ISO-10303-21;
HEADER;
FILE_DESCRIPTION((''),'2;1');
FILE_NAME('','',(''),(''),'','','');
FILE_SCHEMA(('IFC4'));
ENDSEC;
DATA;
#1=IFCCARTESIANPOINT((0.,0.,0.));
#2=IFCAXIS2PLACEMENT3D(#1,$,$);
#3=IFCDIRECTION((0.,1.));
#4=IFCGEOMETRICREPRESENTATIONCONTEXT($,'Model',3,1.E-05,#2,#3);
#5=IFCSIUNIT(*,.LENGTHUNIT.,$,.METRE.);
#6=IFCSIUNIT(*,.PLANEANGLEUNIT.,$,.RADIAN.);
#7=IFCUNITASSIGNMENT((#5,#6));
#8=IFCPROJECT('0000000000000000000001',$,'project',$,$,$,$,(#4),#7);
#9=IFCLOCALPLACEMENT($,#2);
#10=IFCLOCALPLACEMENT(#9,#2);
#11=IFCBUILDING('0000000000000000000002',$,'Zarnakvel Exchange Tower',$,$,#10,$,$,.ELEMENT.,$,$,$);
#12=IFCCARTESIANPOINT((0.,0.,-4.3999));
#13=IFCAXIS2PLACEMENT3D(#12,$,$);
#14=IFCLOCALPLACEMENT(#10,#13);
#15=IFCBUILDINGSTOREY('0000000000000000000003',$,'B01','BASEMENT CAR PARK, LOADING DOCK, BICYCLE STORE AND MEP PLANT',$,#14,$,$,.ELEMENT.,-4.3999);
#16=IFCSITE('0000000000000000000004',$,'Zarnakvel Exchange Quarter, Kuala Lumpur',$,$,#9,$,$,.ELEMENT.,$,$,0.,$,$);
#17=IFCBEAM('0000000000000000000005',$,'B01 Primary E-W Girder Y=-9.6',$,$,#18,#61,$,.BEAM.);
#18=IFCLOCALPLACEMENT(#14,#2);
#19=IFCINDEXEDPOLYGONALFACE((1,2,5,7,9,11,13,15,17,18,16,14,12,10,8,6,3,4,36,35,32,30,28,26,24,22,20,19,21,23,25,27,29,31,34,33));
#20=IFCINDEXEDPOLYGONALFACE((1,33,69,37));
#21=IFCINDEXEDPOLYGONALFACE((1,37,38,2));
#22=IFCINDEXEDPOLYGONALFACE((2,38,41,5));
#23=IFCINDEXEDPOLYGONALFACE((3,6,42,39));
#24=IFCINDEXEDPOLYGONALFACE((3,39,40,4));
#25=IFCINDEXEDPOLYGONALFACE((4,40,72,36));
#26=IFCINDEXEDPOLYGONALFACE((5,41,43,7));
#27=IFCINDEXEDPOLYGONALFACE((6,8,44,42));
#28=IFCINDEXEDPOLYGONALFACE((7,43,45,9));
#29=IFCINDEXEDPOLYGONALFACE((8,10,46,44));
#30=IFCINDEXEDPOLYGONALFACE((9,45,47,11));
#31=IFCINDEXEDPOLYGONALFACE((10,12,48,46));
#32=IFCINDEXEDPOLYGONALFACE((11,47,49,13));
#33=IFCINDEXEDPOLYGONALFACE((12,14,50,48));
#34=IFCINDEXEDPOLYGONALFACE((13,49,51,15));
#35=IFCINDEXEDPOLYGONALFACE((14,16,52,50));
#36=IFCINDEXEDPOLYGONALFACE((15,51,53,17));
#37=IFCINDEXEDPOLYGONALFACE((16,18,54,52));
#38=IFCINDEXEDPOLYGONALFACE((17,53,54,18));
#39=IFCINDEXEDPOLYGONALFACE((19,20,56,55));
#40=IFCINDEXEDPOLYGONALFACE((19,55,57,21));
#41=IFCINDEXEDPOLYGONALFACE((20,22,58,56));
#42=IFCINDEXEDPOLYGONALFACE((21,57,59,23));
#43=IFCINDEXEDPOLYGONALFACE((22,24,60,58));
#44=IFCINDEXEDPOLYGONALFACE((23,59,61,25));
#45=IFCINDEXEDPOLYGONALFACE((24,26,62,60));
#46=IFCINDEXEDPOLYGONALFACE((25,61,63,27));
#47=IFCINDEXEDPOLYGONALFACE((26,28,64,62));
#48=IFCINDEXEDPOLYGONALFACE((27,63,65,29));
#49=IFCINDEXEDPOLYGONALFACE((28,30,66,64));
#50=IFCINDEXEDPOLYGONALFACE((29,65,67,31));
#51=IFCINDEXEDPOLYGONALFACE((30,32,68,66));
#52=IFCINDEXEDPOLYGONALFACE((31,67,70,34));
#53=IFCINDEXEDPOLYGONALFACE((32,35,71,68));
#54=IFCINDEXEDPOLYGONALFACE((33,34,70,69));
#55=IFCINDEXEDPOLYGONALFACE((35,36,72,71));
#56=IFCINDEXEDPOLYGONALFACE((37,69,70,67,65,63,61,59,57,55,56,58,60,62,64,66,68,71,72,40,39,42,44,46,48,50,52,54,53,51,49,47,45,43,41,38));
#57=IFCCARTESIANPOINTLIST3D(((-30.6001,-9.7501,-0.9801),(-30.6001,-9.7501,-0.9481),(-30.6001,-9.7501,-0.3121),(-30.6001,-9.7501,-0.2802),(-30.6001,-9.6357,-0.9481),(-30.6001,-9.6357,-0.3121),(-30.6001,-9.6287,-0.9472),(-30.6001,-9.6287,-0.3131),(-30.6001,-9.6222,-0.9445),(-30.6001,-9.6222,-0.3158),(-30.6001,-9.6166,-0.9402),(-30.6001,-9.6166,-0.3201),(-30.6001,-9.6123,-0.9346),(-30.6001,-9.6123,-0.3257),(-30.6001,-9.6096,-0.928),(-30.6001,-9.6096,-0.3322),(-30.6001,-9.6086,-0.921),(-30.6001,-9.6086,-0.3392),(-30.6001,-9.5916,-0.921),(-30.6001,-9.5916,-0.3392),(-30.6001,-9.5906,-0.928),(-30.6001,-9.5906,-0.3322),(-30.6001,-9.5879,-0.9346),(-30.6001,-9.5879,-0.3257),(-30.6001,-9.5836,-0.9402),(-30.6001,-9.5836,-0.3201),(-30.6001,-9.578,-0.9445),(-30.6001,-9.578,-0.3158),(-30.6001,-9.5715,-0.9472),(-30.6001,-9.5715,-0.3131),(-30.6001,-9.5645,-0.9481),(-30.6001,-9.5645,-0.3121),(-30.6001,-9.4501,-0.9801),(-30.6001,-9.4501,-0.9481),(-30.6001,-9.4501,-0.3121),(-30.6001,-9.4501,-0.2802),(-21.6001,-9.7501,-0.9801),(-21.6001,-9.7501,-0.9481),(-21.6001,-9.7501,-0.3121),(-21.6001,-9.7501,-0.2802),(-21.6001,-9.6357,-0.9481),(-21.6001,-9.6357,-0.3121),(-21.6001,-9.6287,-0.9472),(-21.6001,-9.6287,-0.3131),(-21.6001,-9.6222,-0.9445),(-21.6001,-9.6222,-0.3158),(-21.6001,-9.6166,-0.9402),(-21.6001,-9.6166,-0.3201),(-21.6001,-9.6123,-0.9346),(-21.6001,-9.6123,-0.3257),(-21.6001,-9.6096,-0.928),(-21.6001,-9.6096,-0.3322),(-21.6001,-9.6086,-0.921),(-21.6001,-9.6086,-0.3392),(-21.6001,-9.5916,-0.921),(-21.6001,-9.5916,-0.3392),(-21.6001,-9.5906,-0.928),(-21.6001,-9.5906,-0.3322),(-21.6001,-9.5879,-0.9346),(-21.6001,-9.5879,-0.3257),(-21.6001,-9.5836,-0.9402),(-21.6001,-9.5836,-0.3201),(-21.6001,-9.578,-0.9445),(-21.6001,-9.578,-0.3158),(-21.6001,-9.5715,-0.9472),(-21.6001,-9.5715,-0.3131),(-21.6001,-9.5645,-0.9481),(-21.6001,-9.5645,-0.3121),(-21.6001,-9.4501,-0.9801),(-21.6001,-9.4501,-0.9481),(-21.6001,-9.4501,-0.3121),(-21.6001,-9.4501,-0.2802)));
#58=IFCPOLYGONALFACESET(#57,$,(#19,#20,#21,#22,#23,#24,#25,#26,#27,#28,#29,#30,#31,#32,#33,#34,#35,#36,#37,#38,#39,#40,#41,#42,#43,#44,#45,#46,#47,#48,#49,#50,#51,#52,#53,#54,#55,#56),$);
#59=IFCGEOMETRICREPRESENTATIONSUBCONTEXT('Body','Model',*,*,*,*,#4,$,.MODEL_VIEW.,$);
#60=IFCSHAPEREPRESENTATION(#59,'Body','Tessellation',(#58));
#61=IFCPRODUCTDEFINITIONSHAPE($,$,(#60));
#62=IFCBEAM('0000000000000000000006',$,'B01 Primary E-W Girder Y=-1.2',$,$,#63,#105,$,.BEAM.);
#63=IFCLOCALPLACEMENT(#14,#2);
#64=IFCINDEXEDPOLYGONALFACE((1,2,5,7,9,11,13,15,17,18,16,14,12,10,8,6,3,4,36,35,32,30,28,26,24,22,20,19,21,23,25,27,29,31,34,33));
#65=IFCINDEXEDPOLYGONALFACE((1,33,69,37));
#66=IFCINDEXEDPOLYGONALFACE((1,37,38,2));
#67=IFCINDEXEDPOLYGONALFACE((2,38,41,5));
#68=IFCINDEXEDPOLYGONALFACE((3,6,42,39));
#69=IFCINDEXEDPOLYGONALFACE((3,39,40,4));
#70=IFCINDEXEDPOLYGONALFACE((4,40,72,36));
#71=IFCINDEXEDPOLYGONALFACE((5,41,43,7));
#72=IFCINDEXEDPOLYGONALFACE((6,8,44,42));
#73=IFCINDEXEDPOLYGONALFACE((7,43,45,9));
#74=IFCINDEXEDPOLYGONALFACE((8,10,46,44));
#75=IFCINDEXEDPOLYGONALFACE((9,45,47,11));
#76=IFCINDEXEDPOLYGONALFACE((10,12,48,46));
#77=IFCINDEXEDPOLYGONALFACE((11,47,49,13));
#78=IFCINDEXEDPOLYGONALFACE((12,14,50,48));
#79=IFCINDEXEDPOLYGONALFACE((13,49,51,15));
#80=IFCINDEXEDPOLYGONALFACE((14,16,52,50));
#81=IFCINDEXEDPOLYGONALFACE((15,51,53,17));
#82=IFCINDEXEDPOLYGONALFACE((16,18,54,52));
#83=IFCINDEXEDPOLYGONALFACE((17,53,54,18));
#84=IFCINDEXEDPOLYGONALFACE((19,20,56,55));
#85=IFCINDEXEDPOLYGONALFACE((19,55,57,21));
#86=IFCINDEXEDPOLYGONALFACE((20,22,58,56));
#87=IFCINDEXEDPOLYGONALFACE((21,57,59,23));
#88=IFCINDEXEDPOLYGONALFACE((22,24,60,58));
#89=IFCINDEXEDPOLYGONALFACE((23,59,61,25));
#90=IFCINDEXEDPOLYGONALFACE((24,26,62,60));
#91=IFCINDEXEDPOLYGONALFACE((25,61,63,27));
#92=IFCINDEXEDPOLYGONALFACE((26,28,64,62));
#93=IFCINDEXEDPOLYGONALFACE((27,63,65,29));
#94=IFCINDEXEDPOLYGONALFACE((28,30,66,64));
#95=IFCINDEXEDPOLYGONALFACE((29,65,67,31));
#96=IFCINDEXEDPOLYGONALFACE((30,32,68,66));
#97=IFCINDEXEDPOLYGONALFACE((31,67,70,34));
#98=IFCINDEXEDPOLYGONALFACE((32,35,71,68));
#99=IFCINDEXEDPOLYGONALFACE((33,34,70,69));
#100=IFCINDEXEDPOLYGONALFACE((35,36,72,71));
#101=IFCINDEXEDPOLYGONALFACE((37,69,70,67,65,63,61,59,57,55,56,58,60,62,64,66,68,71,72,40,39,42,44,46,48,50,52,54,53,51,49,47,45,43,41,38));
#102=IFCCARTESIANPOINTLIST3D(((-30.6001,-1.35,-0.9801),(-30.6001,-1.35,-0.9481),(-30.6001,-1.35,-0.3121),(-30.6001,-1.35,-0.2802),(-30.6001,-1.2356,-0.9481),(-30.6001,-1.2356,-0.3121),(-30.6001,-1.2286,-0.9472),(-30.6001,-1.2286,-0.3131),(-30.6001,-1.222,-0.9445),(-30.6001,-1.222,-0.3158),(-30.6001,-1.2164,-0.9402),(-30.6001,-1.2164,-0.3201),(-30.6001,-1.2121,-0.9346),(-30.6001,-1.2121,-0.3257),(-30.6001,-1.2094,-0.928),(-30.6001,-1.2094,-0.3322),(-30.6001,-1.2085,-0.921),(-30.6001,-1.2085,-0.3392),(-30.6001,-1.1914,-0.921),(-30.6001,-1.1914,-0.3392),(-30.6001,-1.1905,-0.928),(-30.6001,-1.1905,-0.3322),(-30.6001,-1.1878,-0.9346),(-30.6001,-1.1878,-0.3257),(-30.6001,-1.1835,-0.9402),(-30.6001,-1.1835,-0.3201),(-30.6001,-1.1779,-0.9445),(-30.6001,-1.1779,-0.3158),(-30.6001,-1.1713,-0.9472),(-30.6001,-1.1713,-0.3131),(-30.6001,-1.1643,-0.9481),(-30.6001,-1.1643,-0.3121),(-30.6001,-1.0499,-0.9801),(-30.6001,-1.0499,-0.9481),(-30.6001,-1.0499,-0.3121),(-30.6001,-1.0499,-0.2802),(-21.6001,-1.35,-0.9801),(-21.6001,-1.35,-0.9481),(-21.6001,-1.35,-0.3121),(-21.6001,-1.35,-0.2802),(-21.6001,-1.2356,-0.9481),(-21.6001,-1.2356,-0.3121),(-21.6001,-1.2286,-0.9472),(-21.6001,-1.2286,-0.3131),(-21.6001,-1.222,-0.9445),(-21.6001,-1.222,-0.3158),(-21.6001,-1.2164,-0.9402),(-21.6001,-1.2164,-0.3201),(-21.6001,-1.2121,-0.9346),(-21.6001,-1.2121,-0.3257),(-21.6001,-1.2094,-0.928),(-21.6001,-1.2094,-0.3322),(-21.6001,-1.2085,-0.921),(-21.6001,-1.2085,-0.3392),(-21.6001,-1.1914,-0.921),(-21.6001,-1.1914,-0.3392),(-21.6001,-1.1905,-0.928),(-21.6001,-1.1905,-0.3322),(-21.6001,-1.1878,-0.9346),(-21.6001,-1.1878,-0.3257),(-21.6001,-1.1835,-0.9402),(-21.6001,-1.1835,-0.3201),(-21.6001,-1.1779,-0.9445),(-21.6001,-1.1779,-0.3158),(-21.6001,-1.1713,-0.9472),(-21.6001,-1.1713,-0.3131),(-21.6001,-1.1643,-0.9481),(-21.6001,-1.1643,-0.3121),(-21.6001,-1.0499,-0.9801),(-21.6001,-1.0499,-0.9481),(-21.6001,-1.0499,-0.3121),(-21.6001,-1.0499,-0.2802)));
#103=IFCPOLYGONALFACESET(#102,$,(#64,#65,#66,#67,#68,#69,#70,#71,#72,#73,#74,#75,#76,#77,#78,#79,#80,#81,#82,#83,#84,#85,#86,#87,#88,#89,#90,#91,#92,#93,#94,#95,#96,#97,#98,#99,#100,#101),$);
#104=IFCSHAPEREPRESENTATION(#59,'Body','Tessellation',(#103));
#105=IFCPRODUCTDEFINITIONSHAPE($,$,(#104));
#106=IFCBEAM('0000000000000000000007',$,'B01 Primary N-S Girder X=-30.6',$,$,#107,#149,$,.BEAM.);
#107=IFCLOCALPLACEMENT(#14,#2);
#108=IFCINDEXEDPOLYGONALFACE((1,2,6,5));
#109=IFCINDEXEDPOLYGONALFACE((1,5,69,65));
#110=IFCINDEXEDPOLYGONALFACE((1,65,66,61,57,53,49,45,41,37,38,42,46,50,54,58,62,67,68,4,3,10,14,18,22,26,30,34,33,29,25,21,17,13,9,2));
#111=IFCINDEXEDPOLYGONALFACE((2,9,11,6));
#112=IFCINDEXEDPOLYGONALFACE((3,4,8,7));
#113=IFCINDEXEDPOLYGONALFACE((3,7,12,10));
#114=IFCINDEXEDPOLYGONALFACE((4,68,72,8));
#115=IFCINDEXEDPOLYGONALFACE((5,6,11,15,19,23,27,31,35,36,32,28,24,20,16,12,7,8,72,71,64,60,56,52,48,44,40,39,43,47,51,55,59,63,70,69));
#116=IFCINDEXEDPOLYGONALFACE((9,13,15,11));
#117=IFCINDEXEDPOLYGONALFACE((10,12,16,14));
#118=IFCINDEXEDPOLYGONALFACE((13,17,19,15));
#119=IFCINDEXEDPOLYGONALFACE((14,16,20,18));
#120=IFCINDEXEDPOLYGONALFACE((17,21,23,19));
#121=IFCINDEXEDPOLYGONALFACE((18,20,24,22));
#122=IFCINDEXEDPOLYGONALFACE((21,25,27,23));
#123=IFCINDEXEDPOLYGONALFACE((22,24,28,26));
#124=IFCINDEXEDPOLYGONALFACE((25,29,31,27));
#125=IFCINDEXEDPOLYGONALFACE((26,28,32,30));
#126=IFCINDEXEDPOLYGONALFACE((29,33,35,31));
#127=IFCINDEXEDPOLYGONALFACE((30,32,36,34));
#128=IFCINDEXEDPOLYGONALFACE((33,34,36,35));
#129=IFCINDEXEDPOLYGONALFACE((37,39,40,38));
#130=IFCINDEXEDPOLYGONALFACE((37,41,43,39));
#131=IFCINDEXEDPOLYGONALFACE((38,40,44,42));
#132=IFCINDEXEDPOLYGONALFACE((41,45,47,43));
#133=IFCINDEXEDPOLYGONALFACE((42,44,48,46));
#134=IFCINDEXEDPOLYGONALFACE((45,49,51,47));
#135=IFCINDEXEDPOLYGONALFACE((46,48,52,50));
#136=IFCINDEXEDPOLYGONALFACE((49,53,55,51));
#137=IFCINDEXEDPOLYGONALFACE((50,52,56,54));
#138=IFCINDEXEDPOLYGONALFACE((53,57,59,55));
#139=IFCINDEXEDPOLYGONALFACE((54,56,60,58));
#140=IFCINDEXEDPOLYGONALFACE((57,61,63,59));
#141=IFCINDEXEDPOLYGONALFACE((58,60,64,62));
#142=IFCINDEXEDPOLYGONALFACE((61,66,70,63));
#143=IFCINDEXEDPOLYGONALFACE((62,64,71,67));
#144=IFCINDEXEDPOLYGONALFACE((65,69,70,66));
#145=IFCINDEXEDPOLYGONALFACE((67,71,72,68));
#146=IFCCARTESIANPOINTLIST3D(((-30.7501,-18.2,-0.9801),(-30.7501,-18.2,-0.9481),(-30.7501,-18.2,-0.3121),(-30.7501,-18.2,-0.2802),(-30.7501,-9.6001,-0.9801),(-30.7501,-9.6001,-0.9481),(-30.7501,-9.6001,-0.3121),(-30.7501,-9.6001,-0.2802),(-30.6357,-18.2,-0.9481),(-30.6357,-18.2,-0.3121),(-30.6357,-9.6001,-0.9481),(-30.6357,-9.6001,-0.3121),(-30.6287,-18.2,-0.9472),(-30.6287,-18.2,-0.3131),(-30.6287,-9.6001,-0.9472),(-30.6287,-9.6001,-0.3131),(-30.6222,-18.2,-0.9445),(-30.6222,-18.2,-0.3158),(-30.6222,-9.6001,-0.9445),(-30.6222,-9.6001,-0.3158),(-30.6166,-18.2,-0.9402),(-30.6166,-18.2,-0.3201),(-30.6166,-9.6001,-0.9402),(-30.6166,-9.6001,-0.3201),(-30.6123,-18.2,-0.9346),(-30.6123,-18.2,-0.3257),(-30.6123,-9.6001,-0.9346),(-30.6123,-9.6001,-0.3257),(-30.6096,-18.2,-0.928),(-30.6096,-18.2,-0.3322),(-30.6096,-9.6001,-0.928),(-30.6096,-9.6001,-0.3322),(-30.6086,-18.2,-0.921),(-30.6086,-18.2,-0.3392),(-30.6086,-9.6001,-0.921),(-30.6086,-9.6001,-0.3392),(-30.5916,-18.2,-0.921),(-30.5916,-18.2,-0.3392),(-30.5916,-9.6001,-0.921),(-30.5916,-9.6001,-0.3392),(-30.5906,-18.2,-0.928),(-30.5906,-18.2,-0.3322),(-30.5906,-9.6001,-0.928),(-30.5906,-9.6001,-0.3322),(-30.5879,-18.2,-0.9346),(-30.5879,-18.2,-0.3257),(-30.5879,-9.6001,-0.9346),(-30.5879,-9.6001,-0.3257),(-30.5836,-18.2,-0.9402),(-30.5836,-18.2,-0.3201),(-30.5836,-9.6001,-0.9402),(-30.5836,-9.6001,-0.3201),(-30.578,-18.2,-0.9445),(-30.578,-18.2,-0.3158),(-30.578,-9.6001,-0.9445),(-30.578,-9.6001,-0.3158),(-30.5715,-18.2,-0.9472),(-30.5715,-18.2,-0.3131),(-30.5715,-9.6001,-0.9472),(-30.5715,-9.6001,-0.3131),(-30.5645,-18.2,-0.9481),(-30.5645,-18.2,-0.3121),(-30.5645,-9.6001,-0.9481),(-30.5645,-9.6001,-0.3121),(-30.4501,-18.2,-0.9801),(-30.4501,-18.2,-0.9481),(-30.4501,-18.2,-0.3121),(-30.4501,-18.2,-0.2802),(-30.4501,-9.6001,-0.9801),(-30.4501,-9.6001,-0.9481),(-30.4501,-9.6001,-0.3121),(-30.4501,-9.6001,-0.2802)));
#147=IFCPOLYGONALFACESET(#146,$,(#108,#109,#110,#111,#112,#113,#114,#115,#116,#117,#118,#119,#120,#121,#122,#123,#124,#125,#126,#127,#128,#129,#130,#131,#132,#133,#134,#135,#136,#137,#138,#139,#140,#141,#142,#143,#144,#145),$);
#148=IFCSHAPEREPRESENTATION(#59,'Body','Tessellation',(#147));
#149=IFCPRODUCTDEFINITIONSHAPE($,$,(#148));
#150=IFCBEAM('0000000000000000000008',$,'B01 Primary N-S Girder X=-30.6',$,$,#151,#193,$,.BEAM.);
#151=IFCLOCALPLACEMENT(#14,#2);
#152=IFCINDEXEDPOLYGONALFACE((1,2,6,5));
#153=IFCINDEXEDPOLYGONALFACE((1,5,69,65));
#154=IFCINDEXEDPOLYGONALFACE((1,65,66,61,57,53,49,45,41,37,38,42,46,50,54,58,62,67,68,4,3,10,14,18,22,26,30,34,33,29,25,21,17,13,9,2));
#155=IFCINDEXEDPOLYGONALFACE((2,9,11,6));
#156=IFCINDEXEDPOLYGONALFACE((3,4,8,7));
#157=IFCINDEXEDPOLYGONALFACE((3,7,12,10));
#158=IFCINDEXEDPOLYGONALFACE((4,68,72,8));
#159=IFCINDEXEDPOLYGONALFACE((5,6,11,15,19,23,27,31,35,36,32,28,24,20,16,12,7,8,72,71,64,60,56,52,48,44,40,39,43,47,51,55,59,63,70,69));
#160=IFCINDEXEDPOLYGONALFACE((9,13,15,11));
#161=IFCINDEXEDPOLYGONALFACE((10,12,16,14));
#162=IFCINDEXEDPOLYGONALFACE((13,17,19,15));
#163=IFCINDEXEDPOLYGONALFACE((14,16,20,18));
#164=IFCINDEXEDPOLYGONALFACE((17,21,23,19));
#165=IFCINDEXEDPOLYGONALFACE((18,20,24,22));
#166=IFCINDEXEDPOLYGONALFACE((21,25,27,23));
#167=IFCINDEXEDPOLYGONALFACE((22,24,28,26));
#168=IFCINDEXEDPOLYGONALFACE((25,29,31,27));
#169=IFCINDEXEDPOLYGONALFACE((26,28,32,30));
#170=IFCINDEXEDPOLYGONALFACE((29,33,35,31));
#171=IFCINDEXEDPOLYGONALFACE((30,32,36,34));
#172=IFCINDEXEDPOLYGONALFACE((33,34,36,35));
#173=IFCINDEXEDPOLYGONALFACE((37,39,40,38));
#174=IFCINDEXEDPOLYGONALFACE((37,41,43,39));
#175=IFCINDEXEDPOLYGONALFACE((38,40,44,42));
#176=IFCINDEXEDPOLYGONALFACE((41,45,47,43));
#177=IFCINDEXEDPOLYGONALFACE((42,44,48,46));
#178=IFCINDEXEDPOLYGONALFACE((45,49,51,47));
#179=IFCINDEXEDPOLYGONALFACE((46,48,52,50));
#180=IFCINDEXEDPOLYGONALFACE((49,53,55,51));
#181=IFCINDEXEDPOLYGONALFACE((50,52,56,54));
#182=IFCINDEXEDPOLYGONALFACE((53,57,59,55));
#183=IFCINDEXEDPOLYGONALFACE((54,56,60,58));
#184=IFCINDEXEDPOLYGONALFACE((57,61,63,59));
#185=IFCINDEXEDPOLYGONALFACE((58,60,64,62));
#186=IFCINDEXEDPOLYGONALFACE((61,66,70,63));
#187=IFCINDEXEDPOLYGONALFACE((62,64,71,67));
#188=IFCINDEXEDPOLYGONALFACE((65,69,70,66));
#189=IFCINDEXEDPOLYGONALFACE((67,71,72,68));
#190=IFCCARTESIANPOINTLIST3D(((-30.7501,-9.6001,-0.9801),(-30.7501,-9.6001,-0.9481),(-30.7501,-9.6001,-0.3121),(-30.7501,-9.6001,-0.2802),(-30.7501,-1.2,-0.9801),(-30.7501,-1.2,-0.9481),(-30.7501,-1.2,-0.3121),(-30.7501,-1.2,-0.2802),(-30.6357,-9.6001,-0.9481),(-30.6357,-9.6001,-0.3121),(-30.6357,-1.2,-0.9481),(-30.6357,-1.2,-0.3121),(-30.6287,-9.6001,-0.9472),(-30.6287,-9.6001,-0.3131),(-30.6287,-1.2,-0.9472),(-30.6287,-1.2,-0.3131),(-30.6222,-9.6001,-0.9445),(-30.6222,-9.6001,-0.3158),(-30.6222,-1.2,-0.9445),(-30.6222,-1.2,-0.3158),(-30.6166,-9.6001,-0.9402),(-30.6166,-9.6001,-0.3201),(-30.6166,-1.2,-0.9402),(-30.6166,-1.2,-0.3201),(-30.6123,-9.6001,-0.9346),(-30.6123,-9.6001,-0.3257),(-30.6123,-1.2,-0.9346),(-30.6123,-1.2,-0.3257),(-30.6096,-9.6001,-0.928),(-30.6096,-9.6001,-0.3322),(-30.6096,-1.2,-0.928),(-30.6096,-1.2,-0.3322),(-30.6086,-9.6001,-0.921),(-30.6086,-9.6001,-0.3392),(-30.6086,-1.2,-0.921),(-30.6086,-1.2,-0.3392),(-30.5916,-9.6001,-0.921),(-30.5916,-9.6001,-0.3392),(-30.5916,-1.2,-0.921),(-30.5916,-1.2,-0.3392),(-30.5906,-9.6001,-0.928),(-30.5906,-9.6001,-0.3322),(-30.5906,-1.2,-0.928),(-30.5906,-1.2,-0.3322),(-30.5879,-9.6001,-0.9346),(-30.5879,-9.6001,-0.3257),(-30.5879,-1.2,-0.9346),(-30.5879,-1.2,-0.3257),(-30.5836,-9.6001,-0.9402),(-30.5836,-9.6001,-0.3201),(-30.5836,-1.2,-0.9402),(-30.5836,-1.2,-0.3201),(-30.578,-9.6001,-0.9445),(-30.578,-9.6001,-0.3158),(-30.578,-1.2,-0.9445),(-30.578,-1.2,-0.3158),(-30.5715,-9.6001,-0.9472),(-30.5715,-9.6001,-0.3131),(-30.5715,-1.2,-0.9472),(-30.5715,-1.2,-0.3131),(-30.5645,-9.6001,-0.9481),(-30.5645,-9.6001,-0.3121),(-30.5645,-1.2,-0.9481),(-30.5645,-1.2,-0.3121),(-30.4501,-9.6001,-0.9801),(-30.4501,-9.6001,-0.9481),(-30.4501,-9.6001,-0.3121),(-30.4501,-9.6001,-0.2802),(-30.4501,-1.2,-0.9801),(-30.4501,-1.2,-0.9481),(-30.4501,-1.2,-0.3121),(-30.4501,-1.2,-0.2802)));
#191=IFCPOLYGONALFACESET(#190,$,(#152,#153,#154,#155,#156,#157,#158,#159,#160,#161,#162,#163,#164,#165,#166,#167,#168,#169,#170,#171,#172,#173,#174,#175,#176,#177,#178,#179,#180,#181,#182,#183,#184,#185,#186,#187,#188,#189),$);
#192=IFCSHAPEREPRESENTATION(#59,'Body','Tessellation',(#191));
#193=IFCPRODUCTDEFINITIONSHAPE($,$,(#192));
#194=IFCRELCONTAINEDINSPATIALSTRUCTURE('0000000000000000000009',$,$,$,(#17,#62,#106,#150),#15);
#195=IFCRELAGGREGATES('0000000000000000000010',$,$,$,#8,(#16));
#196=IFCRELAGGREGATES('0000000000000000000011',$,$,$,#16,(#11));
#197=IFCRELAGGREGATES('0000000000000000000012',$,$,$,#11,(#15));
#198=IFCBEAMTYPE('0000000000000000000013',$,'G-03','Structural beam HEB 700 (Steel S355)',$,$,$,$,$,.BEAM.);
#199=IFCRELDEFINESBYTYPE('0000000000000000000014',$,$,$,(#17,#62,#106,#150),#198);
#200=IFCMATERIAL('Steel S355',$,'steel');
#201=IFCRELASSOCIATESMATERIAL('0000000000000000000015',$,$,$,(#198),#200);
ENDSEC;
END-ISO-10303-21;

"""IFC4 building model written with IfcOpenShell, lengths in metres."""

from ifc_helpers import new_model, si_unit, direction, frame, origin, origin_2d, place, context, subcontext, project, spatial, i_section, extrude, material, material_profile, profile_set, type_object, element, save


model = new_model("IFC4")

# Units and contexts
model_context = context("Model", 3, precision=1e-05, world=origin(), true_north=direction((0.0, 1.0)))
body_context = subcontext(model_context, "Body", "Model", "MODEL_VIEW")
ifc_project = project(units=[si_unit("LENGTHUNIT", "METRE"), si_unit("PLANEANGLEUNIT", "RADIAN")], contexts=[model_context])

# Site, building, storey
site_placement = place(None, origin())
site = spatial("IfcSite", under=ifc_project, at=site_placement, Name="Zarnakvel Exchange Quarter, Kuala Lumpur", CompositionType="ELEMENT", RefElevation=0.0)
building_placement = place(site_placement, origin())
building = spatial("IfcBuilding", under=site, at=building_placement, Name="Zarnakvel Exchange Tower", CompositionType="ELEMENT")
storey_placement = place(building_placement, frame((0.0, 0.0, -4.3999)))
storey = spatial("IfcBuildingStorey", under=building, at=storey_placement, Name="B01", Description="BASEMENT CAR PARK, LOADING DOCK, BICYCLE STORE AND MEP PLANT", CompositionType="ELEMENT", Elevation=-4.3999)

# Beams
ifc_material_1 = material(Name="Steel S355", Category="steel")
ifc_material_profile_1 = material_profile(ifc_material_1, i_section(OverallWidth=0.3, OverallDepth=0.7, WebThickness=0.0171, FlangeThickness=0.032, FilletRadius=0.0271, at=origin_2d()))
ifc_profile_set_1 = profile_set([ifc_material_profile_1], Name="Steel S355")
beam_type_1 = type_object("IfcBeamType", Name="G-03", Description="Structural beam HEB 700 (Steel S355)", PredefinedType="BEAM", material=ifc_profile_set_1)
for number, where, z_axis, x_axis, name in (
    (1, (-30.6001, -9.6001, -0.6301), (1.0, 0.0, 0.0), (0.0, 1.0, 0.0), "B01 Primary E-W Girder Y=-9.6"),
    (2, (-30.6001, -1.2, -0.6301), (1.0, 0.0, 0.0), (0.0, 1.0, 0.0), "B01 Primary E-W Girder Y=-1.2"),
):
    element("IfcBeam", number, at=place(storey_placement, frame(where, z_axis=z_axis, x_axis=x_axis)), inside=storey, type_object=beam_type_1, Name=name, PredefinedType="BEAM", context=body_context, shape_type="SweptSolid", body=[
        extrude(i_section(OverallWidth=0.3, OverallDepth=0.7, WebThickness=0.0171, FlangeThickness=0.032, FilletRadius=0.0271, at=origin_2d()), origin(), (0.0, 0.0, 1.0), 9.0),
    ])
beam_1_placement = place(storey_placement, frame((-30.6001, -18.2, -0.6301), z_axis=(0.0, 1.0, 0.0), x_axis=(-1.0, 0.0, 0.0)))
element("IfcBeam", 3, at=beam_1_placement, inside=storey, type_object=beam_type_1, Name="B01 Primary N-S Girder X=-30.6", PredefinedType="BEAM", context=body_context, shape_type="SweptSolid", body=[
    extrude(i_section(OverallWidth=0.3, OverallDepth=0.7, WebThickness=0.0171, FlangeThickness=0.032, FilletRadius=0.0271, at=origin_2d()), origin(), (0.0, 0.0, 1.0), 8.5999),
])
beam_2_placement = place(storey_placement, frame((-30.6001, -9.6001, -0.6301), z_axis=(0.0, 1.0, 0.0), x_axis=(-1.0, 0.0, 0.0)))
element("IfcBeam", 4, at=beam_2_placement, inside=storey, type_object=beam_type_1, Name="B01 Primary N-S Girder X=-30.6", PredefinedType="BEAM", context=body_context, shape_type="SweptSolid", body=[
    extrude(i_section(OverallWidth=0.3, OverallDepth=0.7, WebThickness=0.0171, FlangeThickness=0.032, FilletRadius=0.0271, at=origin_2d()), origin(), (0.0, 0.0, 1.0), 8.4001),
])

save(model, "model.ifc")
